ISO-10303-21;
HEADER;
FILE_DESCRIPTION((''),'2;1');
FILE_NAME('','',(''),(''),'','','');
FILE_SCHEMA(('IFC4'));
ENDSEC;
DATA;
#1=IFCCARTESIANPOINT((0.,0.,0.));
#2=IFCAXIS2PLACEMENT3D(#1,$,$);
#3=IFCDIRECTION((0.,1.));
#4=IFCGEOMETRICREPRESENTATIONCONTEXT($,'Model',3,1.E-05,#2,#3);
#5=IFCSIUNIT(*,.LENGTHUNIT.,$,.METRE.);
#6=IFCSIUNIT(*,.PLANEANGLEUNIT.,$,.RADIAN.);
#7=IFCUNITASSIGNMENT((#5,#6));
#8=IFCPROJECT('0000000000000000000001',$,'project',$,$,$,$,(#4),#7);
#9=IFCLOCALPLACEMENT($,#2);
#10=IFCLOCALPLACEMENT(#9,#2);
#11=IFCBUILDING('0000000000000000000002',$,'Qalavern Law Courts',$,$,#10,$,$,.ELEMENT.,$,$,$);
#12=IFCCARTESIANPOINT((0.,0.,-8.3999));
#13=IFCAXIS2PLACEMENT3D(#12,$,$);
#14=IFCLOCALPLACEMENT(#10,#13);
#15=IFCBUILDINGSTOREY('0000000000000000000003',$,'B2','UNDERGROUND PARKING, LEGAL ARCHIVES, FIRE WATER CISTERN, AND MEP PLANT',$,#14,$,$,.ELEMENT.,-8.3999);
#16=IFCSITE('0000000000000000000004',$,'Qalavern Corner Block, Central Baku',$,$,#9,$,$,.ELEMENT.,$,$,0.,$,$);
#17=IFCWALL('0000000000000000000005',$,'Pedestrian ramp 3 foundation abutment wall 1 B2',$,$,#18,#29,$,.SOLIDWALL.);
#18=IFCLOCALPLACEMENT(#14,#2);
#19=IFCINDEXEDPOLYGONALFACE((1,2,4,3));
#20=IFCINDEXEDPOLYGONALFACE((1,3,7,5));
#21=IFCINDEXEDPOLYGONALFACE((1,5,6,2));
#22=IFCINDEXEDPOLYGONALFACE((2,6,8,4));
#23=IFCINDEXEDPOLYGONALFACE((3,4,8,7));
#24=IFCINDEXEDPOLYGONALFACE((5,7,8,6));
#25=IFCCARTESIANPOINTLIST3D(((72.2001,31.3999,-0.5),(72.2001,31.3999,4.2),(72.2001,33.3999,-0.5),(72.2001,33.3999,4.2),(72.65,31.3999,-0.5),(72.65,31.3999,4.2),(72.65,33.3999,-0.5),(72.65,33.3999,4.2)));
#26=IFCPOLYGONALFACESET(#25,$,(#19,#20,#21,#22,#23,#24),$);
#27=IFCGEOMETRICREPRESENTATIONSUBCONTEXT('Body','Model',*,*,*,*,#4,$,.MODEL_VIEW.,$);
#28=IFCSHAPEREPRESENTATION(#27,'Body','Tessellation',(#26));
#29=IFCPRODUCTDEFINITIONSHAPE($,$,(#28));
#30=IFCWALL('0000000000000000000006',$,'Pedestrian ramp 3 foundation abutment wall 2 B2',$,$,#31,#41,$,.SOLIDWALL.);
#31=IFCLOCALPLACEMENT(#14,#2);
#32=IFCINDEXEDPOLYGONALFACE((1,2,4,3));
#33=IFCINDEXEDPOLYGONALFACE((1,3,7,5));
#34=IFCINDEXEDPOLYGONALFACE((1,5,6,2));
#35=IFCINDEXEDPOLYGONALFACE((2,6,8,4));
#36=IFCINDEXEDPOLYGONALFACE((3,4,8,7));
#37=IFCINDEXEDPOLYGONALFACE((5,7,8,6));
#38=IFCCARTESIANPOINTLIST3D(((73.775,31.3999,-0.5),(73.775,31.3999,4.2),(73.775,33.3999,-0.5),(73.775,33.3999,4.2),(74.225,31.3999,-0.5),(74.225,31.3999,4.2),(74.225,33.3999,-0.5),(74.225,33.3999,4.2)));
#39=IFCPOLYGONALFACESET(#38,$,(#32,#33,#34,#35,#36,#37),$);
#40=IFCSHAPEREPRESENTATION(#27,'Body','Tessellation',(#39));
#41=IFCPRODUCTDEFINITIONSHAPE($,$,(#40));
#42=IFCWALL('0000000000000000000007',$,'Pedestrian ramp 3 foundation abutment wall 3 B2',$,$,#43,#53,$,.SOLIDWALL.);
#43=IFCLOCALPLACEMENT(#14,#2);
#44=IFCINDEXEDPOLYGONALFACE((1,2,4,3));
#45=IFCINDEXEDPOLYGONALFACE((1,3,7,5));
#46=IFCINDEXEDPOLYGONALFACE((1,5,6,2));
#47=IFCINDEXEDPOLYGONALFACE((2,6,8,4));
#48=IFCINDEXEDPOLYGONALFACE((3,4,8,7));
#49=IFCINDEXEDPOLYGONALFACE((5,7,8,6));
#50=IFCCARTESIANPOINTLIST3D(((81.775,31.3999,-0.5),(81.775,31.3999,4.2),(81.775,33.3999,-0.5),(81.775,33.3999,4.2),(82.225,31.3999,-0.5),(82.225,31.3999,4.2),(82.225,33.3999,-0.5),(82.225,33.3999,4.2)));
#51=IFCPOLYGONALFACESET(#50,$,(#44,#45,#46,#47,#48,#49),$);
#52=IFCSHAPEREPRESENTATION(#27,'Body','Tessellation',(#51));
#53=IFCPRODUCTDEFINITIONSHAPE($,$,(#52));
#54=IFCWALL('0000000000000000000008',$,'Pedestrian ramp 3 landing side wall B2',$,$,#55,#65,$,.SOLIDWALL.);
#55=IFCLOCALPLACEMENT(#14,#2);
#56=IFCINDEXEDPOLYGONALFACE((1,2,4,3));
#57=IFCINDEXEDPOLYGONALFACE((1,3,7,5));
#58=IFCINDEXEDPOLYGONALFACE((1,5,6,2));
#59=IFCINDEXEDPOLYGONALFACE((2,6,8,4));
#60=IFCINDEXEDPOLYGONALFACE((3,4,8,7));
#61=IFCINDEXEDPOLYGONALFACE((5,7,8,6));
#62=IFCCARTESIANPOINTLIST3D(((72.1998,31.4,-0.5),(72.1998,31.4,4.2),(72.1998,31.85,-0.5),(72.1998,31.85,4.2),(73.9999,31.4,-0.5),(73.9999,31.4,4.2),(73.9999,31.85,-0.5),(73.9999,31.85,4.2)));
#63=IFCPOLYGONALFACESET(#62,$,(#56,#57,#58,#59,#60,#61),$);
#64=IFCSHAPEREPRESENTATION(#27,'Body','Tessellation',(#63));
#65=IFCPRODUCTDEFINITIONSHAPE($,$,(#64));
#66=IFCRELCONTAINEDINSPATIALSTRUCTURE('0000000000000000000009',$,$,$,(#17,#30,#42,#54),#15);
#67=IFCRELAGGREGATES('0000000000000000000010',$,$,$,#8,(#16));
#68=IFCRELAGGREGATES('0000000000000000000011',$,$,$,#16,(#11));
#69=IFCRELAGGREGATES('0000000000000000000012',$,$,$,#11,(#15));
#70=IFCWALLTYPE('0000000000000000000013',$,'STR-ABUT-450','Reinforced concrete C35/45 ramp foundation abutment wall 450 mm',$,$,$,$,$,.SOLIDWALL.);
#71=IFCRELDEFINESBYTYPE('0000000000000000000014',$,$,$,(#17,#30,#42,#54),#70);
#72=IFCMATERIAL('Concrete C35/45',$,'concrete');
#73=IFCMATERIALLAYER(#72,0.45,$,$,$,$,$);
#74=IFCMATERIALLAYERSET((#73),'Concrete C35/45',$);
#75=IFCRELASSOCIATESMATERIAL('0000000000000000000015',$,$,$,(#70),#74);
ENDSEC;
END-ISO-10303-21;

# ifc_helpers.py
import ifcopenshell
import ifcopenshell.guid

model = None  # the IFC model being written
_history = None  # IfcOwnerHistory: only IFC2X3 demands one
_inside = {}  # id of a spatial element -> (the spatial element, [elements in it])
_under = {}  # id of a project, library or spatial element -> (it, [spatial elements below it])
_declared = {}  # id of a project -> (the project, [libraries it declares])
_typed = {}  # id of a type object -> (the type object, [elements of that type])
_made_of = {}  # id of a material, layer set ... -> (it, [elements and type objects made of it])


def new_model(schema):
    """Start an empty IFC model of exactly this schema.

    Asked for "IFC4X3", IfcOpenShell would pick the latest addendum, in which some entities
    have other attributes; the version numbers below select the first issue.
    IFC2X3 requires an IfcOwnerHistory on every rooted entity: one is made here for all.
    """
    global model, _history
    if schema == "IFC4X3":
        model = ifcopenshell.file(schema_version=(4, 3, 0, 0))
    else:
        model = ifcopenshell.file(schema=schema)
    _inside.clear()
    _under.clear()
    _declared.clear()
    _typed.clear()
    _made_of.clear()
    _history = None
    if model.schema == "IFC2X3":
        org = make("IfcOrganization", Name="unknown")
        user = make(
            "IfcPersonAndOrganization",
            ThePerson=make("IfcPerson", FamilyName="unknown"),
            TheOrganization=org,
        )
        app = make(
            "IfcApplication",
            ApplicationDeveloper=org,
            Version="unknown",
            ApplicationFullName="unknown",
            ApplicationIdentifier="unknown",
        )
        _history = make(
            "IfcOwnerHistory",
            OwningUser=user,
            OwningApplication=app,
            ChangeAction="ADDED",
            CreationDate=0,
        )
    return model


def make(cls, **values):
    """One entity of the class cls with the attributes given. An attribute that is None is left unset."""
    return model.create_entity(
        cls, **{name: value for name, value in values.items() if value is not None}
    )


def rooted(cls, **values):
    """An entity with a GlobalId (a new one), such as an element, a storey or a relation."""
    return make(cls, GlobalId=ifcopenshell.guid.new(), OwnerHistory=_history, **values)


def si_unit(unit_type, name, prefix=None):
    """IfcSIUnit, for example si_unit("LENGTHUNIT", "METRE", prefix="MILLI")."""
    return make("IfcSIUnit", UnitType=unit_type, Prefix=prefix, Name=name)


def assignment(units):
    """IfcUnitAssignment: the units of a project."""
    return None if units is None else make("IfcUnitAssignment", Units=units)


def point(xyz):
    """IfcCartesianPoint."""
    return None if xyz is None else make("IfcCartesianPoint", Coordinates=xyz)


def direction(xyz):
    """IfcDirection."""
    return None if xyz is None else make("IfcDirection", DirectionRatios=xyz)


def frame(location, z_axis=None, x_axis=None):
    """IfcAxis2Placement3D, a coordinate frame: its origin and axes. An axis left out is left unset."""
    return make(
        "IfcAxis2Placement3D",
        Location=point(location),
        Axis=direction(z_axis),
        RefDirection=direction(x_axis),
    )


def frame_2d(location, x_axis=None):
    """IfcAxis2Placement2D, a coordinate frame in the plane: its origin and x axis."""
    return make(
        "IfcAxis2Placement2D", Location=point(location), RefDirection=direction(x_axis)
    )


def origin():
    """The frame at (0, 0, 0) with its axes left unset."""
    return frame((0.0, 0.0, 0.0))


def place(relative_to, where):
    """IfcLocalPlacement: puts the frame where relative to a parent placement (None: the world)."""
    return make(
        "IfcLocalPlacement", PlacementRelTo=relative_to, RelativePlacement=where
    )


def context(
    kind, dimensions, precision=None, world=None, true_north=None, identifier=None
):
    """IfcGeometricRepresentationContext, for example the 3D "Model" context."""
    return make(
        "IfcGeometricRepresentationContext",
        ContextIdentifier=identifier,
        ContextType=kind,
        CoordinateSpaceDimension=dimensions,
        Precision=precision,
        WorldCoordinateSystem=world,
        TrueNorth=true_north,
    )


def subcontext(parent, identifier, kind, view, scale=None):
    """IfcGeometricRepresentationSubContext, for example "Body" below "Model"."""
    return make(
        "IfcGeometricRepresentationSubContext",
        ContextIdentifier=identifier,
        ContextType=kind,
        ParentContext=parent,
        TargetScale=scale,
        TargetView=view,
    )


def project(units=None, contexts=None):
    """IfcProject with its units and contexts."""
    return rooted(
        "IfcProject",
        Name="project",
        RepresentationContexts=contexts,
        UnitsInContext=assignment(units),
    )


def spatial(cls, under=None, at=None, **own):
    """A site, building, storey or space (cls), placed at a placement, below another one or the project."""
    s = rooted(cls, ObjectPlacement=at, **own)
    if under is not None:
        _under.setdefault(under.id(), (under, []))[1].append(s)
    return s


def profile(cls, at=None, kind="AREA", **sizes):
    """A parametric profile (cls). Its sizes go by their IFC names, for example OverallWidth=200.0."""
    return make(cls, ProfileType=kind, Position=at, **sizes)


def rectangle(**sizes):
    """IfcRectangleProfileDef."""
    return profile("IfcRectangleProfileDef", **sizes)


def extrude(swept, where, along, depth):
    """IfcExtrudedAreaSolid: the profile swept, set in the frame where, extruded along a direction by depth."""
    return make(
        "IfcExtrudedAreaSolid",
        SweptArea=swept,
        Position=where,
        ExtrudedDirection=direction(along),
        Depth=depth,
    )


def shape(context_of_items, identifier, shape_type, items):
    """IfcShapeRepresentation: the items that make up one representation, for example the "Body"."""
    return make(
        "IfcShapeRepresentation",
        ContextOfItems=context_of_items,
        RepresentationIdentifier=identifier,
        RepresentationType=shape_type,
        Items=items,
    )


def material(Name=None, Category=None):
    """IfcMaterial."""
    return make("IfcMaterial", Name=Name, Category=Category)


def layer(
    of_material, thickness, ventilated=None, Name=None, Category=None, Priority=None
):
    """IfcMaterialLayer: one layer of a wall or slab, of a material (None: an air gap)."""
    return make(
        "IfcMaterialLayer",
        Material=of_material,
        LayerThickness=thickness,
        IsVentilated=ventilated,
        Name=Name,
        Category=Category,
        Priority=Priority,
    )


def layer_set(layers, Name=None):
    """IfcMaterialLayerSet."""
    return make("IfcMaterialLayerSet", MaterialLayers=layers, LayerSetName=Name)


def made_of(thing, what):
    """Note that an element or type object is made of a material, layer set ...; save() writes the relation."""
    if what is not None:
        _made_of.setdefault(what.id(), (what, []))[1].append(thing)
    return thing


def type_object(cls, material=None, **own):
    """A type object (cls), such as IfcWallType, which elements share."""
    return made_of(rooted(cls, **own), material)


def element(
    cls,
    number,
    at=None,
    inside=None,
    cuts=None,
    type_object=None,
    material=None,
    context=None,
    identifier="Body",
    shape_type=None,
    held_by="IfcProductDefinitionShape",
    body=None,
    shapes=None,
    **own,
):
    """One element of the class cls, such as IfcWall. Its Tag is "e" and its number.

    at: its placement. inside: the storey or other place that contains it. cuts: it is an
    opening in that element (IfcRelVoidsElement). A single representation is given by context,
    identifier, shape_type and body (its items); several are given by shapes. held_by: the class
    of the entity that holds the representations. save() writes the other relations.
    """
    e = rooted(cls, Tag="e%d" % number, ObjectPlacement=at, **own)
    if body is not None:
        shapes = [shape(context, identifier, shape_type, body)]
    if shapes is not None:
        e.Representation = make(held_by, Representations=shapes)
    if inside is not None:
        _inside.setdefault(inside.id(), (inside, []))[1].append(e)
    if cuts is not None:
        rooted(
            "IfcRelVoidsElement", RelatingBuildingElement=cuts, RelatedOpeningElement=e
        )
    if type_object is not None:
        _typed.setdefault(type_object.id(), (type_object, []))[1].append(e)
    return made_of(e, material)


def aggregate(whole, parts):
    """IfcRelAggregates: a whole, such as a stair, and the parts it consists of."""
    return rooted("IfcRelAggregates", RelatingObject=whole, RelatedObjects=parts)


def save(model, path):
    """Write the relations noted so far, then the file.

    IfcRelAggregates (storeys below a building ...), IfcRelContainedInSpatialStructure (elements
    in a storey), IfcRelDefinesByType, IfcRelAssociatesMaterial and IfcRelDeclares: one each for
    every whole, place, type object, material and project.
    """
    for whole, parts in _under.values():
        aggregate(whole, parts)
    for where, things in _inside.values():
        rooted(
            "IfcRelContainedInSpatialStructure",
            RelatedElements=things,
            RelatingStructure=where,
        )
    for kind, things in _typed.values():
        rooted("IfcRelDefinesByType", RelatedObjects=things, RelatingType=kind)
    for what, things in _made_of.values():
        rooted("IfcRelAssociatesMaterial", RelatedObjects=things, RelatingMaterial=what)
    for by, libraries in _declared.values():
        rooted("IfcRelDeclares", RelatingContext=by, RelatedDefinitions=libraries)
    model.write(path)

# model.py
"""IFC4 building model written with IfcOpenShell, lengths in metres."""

from ifc_helpers import new_model, si_unit, direction, frame, frame_2d, origin, place, context, subcontext, project, spatial, rectangle, extrude, material, layer, layer_set, type_object, element, save


model = new_model("IFC4")

# Units and contexts
model_context = context("Model", 3, precision=1e-05, world=origin(), true_north=direction((0.0, 1.0)))
body_context = subcontext(model_context, "Body", "Model", "MODEL_VIEW")
ifc_project = project(units=[si_unit("LENGTHUNIT", "METRE"), si_unit("PLANEANGLEUNIT", "RADIAN")], contexts=[model_context])

# Site, building, storey
site_placement = place(None, origin())
site = spatial("IfcSite", under=ifc_project, at=site_placement, Name="Qalavern Corner Block, Central Baku", CompositionType="ELEMENT", RefElevation=0.0)
building_placement = place(site_placement, origin())
building = spatial("IfcBuilding", under=site, at=building_placement, Name="Qalavern Law Courts", CompositionType="ELEMENT")
storey_placement = place(building_placement, frame((0.0, 0.0, -8.3999)))
storey = spatial("IfcBuildingStorey", under=building, at=storey_placement, Name="B2", Description="UNDERGROUND PARKING, LEGAL ARCHIVES, FIRE WATER CISTERN, AND MEP PLANT", CompositionType="ELEMENT", Elevation=-8.3999)

# Shared definitions
ifc_material_1 = material(Name="Concrete C35/45", Category="concrete")

# Walls
ifc_layer_1 = layer(ifc_material_1, 0.45)
ifc_layer_set_1 = layer_set([ifc_layer_1], Name="Concrete C35/45")
wall_type_1 = type_object("IfcWallType", Name="STR-ABUT-450", Description="Reinforced concrete C35/45 ramp foundation abutment wall 450 mm", PredefinedType="SOLIDWALL", material=ifc_layer_set_1)
for number, where, z_axis, x_axis, name in (
    (1, (72.425, 31.3999, -0.5), (0.0, 0.0, 1.0), (0.0, 1.0, 0.0), "Pedestrian ramp 3 foundation abutment wall 1 B2"),
    (2, (74.0, 31.3999, -0.5), (0.0, 0.0, 1.0), (0.0, 1.0, 0.0), "Pedestrian ramp 3 foundation abutment wall 2 B2"),
    (3, (82.0, 31.3999, -0.5), (0.0, 0.0, 1.0), (0.0, 1.0, 0.0), "Pedestrian ramp 3 foundation abutment wall 3 B2"),
):
    element("IfcWall", number, at=place(storey_placement, frame(where, z_axis=z_axis, x_axis=x_axis)), inside=storey, type_object=wall_type_1, Name=name, PredefinedType="SOLIDWALL", context=body_context, shape_type="SweptSolid", body=[
        extrude(rectangle(XDim=2.0, YDim=0.45, at=frame_2d((1.0, 0.0))), origin(), (0.0, 0.0, 1.0), 4.7),
    ])
wall_1_placement = place(storey_placement, frame((72.2, 31.625, -0.5), z_axis=(0.0, 0.0, 1.0), x_axis=(1.0, 0.0, 0.0)))
element("IfcWall", 4, at=wall_1_placement, inside=storey, type_object=wall_type_1, Name="Pedestrian ramp 3 landing side wall B2", PredefinedType="SOLIDWALL", context=body_context, shape_type="SweptSolid", body=[
    extrude(rectangle(XDim=1.8, YDim=0.45, at=frame_2d((0.8999, 0.0))), origin(), (0.0, 0.0, 1.0), 4.7),
])

save(model, "model.ifc")
